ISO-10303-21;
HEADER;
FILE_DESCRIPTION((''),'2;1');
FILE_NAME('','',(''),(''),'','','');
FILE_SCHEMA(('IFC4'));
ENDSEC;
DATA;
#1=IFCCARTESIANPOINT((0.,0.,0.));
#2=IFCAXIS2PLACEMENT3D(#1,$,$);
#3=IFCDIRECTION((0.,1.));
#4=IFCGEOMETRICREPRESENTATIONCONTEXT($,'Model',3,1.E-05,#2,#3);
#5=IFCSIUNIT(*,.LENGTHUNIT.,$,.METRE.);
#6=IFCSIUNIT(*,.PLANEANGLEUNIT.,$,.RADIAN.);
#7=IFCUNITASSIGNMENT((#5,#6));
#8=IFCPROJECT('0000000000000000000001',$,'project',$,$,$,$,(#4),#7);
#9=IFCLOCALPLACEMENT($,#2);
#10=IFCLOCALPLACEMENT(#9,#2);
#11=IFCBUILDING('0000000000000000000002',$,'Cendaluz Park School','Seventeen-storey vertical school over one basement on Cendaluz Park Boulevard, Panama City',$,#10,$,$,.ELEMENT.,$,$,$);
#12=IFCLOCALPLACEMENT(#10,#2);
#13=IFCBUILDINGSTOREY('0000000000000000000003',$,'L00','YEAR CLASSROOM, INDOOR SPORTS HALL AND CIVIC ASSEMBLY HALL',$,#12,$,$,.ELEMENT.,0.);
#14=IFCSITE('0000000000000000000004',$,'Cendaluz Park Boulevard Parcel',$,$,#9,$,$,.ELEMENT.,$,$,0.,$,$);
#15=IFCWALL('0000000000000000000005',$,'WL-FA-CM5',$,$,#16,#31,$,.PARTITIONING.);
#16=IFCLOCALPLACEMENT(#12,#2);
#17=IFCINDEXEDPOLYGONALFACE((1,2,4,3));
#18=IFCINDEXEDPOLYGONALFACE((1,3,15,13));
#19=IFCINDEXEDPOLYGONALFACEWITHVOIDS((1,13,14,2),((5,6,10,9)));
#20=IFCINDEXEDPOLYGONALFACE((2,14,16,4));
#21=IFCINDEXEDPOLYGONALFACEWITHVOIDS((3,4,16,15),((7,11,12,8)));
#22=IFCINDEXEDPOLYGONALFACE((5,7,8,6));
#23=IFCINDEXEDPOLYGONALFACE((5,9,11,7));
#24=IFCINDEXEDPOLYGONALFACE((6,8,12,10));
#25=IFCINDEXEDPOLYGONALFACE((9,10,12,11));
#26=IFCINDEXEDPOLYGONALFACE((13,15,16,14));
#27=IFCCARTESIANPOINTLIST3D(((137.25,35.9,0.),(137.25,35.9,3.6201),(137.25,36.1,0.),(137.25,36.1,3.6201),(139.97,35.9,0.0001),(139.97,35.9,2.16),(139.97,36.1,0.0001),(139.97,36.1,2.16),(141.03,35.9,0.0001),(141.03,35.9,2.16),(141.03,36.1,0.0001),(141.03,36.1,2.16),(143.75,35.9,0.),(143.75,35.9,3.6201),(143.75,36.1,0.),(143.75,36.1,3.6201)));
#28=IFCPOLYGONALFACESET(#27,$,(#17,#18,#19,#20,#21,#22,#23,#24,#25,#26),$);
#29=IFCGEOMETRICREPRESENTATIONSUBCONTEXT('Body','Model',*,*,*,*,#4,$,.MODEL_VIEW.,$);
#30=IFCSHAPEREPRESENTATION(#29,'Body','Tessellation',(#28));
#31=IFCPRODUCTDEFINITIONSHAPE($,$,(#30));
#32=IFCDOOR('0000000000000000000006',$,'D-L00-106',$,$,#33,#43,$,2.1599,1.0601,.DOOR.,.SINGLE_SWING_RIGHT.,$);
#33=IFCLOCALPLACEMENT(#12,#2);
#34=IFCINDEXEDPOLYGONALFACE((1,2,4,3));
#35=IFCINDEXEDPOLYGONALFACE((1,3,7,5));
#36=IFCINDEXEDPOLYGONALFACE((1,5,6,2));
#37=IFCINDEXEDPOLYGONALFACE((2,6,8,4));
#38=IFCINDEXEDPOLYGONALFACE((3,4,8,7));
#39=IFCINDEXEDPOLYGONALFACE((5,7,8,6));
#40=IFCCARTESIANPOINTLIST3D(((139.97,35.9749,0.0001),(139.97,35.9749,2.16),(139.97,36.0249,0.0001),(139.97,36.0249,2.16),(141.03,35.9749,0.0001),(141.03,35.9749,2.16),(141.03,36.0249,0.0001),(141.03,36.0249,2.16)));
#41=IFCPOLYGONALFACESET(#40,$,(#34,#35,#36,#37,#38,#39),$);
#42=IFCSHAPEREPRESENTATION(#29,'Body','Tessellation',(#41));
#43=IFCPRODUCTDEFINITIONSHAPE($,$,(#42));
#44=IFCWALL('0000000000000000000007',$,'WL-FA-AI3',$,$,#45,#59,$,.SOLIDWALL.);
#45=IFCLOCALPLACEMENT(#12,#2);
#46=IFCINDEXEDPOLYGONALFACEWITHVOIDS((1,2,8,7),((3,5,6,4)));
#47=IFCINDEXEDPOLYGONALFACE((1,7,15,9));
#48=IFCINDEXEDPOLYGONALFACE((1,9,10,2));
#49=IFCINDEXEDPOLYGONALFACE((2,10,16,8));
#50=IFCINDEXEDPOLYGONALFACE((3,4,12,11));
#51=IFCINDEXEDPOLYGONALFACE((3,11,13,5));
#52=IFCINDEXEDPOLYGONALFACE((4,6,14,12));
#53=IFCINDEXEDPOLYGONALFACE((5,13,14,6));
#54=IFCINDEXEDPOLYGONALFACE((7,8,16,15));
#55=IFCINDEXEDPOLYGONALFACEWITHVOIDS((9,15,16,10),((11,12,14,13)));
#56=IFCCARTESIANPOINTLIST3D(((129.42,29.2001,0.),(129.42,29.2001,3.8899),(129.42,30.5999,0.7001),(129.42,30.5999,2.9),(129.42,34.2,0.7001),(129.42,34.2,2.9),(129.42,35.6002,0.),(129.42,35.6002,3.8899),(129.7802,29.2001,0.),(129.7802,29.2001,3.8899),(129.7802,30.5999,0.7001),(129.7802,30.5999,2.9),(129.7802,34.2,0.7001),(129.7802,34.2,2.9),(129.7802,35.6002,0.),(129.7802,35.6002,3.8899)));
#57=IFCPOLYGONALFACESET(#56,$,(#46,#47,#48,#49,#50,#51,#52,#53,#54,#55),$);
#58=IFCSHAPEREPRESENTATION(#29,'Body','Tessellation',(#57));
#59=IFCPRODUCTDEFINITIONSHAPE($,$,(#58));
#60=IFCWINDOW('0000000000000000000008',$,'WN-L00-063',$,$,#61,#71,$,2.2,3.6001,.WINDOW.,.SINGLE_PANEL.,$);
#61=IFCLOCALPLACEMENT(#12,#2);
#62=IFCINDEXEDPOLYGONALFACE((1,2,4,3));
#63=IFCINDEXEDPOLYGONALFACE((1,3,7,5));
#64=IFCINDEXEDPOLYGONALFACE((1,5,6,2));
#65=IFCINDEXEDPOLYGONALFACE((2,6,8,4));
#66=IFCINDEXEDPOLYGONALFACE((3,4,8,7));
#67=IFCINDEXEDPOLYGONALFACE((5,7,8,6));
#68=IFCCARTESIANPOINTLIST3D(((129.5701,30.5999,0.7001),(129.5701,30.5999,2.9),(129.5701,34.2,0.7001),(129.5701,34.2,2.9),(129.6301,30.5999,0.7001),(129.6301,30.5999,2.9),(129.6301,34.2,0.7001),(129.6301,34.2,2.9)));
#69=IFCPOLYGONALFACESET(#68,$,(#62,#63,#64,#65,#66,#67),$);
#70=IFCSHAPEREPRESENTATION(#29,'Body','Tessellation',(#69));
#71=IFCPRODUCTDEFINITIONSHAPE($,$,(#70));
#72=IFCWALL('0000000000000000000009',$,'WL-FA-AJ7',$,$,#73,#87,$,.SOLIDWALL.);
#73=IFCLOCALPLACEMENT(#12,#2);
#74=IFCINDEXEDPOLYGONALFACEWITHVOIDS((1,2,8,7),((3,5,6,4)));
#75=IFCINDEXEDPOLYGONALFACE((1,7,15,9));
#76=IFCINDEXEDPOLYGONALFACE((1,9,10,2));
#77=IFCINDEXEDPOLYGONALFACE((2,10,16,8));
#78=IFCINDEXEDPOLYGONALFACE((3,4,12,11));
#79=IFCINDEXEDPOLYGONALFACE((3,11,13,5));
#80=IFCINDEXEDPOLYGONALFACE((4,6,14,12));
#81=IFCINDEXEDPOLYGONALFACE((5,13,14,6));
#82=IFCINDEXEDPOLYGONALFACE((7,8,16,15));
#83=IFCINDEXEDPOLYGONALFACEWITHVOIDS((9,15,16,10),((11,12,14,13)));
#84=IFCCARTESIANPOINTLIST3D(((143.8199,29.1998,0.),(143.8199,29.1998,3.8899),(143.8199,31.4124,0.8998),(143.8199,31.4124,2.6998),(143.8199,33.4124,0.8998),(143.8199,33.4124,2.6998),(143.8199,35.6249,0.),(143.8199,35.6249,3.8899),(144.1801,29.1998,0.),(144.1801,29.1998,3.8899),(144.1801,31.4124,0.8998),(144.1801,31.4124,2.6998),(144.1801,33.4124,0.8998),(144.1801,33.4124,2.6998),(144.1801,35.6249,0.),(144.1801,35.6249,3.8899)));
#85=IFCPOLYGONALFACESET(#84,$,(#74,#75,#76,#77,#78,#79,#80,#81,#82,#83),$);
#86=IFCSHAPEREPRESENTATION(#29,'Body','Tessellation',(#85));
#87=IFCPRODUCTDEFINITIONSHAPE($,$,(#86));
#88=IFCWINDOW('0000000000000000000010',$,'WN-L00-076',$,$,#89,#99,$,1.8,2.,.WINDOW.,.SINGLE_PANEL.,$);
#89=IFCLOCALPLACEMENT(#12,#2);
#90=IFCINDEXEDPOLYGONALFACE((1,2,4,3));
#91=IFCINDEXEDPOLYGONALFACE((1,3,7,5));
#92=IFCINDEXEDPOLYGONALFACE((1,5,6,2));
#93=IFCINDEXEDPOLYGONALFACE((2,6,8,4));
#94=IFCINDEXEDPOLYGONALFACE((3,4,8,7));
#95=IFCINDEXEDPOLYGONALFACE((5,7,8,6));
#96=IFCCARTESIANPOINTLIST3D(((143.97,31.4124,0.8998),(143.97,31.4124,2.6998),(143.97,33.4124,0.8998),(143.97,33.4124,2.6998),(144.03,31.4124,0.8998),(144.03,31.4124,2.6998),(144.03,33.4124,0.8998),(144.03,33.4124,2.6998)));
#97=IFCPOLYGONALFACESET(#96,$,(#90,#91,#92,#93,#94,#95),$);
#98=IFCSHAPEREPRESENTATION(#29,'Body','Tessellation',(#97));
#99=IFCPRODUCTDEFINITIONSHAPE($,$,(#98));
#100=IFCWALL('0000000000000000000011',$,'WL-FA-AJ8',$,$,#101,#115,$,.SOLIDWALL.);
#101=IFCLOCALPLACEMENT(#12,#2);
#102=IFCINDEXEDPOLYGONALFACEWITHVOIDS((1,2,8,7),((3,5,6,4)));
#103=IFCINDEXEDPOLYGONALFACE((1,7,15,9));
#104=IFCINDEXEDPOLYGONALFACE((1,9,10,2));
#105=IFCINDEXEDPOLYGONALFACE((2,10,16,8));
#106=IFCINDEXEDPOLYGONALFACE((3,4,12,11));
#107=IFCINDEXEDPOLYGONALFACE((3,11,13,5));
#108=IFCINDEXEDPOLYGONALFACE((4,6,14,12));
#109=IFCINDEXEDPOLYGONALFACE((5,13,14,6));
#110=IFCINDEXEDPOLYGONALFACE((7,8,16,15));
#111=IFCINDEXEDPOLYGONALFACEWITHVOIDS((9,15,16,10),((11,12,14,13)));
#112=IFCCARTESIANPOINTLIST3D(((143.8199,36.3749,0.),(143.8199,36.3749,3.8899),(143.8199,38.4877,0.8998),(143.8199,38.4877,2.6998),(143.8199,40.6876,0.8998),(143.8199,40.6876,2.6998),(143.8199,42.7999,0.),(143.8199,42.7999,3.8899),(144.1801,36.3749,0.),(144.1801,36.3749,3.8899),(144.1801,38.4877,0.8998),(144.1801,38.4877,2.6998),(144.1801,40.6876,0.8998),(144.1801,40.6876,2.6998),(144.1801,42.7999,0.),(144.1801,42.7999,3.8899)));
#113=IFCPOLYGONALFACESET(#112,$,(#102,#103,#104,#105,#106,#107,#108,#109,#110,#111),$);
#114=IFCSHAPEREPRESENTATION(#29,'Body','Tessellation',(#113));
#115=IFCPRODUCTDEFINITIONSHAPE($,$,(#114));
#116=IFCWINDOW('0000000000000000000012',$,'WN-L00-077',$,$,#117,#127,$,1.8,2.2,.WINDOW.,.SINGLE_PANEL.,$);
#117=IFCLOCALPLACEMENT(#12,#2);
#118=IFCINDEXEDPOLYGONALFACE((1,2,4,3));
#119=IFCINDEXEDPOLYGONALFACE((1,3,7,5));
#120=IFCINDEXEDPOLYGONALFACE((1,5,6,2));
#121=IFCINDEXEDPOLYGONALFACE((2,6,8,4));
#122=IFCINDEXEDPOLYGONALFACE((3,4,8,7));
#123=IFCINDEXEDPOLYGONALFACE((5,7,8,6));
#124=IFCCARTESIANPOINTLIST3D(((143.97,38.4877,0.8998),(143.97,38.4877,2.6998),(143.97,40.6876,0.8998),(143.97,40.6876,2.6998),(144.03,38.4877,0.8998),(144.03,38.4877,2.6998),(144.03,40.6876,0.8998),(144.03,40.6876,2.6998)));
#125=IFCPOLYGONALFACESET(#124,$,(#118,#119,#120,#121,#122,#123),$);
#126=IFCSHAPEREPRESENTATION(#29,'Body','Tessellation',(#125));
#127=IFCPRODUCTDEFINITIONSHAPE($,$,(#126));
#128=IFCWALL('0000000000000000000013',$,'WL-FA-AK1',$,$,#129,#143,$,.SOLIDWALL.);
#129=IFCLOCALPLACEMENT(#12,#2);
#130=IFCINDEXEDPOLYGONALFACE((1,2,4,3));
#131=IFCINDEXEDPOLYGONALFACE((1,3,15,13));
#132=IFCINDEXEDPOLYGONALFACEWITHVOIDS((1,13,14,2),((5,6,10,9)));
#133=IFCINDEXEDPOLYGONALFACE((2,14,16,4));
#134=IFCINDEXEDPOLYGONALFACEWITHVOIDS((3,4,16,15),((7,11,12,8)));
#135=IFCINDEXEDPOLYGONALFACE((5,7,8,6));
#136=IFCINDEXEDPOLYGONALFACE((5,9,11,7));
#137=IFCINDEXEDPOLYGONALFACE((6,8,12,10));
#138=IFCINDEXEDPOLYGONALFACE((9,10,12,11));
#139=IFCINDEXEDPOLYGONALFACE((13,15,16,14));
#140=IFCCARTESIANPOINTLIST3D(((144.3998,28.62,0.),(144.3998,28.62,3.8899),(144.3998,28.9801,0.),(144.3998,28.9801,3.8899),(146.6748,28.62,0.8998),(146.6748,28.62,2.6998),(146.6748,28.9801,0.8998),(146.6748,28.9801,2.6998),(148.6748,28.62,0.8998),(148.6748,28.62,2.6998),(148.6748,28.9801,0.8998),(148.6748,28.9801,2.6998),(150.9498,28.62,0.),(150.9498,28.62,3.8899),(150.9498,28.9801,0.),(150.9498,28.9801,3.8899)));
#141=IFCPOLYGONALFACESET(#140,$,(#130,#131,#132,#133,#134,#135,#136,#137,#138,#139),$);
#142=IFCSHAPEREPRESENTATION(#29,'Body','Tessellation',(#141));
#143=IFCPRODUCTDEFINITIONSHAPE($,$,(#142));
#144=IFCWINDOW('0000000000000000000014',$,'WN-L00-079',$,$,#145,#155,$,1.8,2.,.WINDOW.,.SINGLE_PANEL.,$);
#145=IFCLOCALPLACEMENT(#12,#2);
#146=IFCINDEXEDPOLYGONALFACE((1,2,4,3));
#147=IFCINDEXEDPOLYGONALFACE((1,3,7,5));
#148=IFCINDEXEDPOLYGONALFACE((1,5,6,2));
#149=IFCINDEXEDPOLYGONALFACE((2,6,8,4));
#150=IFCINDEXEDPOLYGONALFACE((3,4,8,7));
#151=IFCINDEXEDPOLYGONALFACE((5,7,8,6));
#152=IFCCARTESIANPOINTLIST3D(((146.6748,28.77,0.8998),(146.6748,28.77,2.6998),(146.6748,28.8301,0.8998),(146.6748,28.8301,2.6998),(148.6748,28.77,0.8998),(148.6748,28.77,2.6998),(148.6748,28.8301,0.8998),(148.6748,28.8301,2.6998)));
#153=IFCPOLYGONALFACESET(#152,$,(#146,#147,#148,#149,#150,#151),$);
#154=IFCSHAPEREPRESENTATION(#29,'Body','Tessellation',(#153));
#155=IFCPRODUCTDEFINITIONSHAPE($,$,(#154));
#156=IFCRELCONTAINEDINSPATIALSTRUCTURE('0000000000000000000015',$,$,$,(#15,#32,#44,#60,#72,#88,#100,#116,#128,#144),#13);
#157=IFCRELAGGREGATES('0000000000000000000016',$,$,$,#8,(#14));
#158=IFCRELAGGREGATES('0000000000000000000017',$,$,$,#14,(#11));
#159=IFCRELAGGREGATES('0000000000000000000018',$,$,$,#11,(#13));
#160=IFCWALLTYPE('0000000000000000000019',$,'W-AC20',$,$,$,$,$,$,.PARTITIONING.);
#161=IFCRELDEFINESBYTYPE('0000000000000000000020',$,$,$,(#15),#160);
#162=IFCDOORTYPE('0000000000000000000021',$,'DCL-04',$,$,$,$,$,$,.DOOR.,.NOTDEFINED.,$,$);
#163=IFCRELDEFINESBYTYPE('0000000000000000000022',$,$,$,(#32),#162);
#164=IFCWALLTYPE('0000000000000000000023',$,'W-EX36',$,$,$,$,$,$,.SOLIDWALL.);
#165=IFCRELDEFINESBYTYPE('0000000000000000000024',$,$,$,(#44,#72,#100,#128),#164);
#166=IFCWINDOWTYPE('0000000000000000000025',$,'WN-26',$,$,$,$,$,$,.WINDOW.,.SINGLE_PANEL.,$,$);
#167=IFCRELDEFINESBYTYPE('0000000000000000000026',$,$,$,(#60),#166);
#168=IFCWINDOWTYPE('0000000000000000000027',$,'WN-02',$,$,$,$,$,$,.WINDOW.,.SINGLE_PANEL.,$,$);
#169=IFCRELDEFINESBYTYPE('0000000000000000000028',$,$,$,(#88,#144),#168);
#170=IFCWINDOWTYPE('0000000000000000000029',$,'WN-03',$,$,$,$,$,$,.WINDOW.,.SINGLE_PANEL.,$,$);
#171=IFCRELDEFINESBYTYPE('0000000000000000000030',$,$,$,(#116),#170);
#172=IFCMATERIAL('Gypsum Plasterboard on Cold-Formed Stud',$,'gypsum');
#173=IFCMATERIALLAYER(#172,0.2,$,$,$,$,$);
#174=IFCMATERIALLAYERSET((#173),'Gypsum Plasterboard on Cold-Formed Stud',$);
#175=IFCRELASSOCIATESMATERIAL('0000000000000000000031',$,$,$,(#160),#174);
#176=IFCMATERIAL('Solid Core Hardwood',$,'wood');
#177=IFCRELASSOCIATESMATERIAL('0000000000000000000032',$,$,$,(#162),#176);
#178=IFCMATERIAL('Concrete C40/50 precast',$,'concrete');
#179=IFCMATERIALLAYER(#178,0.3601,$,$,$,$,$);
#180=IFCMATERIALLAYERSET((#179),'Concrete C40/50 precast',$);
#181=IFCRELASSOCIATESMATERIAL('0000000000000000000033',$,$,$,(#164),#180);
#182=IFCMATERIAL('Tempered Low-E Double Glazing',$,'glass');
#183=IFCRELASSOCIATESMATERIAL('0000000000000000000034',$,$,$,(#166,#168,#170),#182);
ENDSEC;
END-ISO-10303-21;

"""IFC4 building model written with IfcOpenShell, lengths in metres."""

from ifc_helpers import new_model, si_unit, direction, frame, frame_2d, origin, place, context, subcontext, project, spatial, rectangle, extrude, material, layer, layer_set, type_object, element, fill, save


model = new_model("IFC4")

# Units and contexts
model_context = context("Model", 3, precision=1e-05, world=origin(), true_north=direction((0.0, 1.0)))
body_context = subcontext(model_context, "Body", "Model", "MODEL_VIEW")
ifc_project = project(units=[si_unit("LENGTHUNIT", "METRE"), si_unit("PLANEANGLEUNIT", "RADIAN")], contexts=[model_context])

# Site, building, storey
site_placement = place(None, origin())
site = spatial("IfcSite", under=ifc_project, at=site_placement, Name="Cendaluz Park Boulevard Parcel", CompositionType="ELEMENT", RefElevation=0.0)
building_placement = place(site_placement, origin())
building = spatial("IfcBuilding", under=site, at=building_placement, Name="Cendaluz Park School", Description="Seventeen-storey vertical school over one basement on Cendaluz Park Boulevard, Panama City", CompositionType="ELEMENT")
storey_placement = place(building_placement, origin())
storey = spatial("IfcBuildingStorey", under=building, at=storey_placement, Name="L00", Description="YEAR CLASSROOM, INDOOR SPORTS HALL AND CIVIC ASSEMBLY HALL", CompositionType="ELEMENT", Elevation=0.0)

# Wall, opening, door
ifc_material_1 = material(Name="Gypsum Plasterboard on Cold-Formed Stud", Category="gypsum")
ifc_layer_1 = layer(ifc_material_1, 0.2)
ifc_layer_set_1 = layer_set([ifc_layer_1], Name="Gypsum Plasterboard on Cold-Formed Stud")
wall_type_1 = type_object("IfcWallType", Name="W-AC20", PredefinedType="PARTITIONING", material=ifc_layer_set_1)
wall_1_placement = place(storey_placement, frame((137.25, 36.0, 0.0), z_axis=(0.0, 0.0, 1.0), x_axis=(1.0, 0.0, 0.0)))
wall_1 = element("IfcWall", 1, at=wall_1_placement, inside=storey, type_object=wall_type_1, Name="WL-FA-CM5", PredefinedType="PARTITIONING", context=body_context, shape_type="SweptSolid", body=[
    extrude(rectangle(XDim=6.5, YDim=0.2, at=frame_2d((3.25, 0.0))), origin(), (0.0, 0.0, 1.0), 3.6201),
])
opening_1_placement = place(wall_1_placement, frame((2.72, 0.0, 0.0)))
opening_1 = element("IfcOpeningElement", 2, at=opening_1_placement, cuts=wall_1, PredefinedType="OPENING", context=body_context, shape_type="SweptSolid", body=[
    extrude(rectangle(XDim=1.0601, YDim=2.1599, at=frame_2d((0.53, 1.0801))), frame((0.0, 0.1121, 0.0), z_axis=(0.0, -1.0, 0.0), x_axis=(1.0, 0.0, 0.0)), (0.0, 0.0, 1.0), 0.2239),
])
ifc_material_2 = material(Name="Solid Core Hardwood", Category="wood")
door_type = type_object("IfcDoorType", Name="DCL-04", OperationType="NOTDEFINED", PredefinedType="DOOR", material=ifc_material_2)
door_placement = place(opening_1_placement, origin())
door = element("IfcDoor", 3, at=door_placement, inside=storey, type_object=door_type, Name="D-L00-106", OperationType="SINGLE_SWING_RIGHT", OverallHeight=2.1599, OverallWidth=1.0601, PredefinedType="DOOR", context=body_context, shape_type="SweptSolid", body=[
    extrude(rectangle(XDim=1.0601, YDim=2.1599, at=frame_2d((0.53, 1.0801))), frame((0.0, 0.0249, 0.0), z_axis=(0.0, -1.0, 0.0), x_axis=(1.0, 0.0, 0.0)), (0.0, 0.0, 1.0), 0.05),
])
fill(opening_1, door)

# Walls, openings, windows
ifc_material_3 = material(Name="Concrete C40/50 precast", Category="concrete")
ifc_layer_2 = layer(ifc_material_3, 0.3601)
ifc_layer_set_2 = layer_set([ifc_layer_2], Name="Concrete C40/50 precast")
wall_type_2 = type_object("IfcWallType", Name="W-EX36", PredefinedType="SOLIDWALL", material=ifc_layer_set_2)
wall_2_placement = place(storey_placement, frame((129.6001, 29.2, 0.0), z_axis=(0.0, 0.0, 1.0), x_axis=(0.0, 1.0, 0.0)))
wall_2 = element("IfcWall", 4, at=wall_2_placement, inside=storey, type_object=wall_type_2, Name="WL-FA-AI3", PredefinedType="SOLIDWALL", context=body_context, shape_type="SweptSolid", body=[
    extrude(rectangle(XDim=6.4001, YDim=0.3601, at=frame_2d((3.2002, 0.0))), origin(), (0.0, 0.0, 1.0), 3.8899),
])
opening_2_placement = place(wall_2_placement, frame((1.3999, 0.0, 0.7)))
opening_2 = element("IfcOpeningElement", 5, at=opening_2_placement, cuts=wall_2, PredefinedType="OPENING", context=body_context, shape_type="SweptSolid", body=[
    extrude(rectangle(XDim=3.6001, YDim=2.2, at=frame_2d((1.8, 1.1001))), frame((0.0, 0.1921, 0.0), z_axis=(0.0, -1.0, 0.0), x_axis=(1.0, 0.0, 0.0)), (0.0, 0.0, 1.0), 0.384),
])
ifc_material_4 = material(Name="Tempered Low-E Double Glazing", Category="glass")
window_type_1 = type_object("IfcWindowType", Name="WN-26", PartitioningType="SINGLE_PANEL", PredefinedType="WINDOW", material=ifc_material_4)
window_1_placement = place(opening_2_placement, origin())
window_1 = element("IfcWindow", 6, at=window_1_placement, inside=storey, type_object=window_type_1, Name="WN-L00-063", OverallHeight=2.2, OverallWidth=3.6001, PartitioningType="SINGLE_PANEL", PredefinedType="WINDOW", context=body_context, shape_type="SweptSolid", body=[
    extrude(rectangle(XDim=3.6001, YDim=2.2, at=frame_2d((1.8, 1.1001))), frame((0.0, 0.03, 0.0), z_axis=(0.0, -1.0, 0.0), x_axis=(1.0, 0.0, 0.0)), (0.0, 0.0, 1.0), 0.0601),
])
fill(opening_2, window_1)
wall_3_placement = place(storey_placement, frame((144.0, 29.2, 0.0), z_axis=(0.0, 0.0, 1.0), x_axis=(0.0, 1.0, 0.0)))
wall_3 = element("IfcWall", 7, at=wall_3_placement, inside=storey, type_object=wall_type_2, Name="WL-FA-AJ7", PredefinedType="SOLIDWALL", context=body_context, shape_type="SweptSolid", body=[
    extrude(rectangle(XDim=6.425, YDim=0.3601, at=frame_2d((3.2124, 0.0))), origin(), (0.0, 0.0, 1.0), 3.8899),
])
opening_3_placement = place(wall_3_placement, frame((2.2124, 0.0, 0.8999)))
opening_3 = element("IfcOpeningElement", 8, at=opening_3_placement, cuts=wall_3, PredefinedType="OPENING", context=body_context, shape_type="SweptSolid", body=[
    extrude(rectangle(XDim=2.0, YDim=1.8, at=frame_2d((1.0, 0.8999))), frame((0.0, 0.1921, 0.0), z_axis=(0.0, -1.0, 0.0), x_axis=(1.0, 0.0, 0.0)), (0.0, 0.0, 1.0), 0.384),
])
window_type_2 = type_object("IfcWindowType", Name="WN-02", PartitioningType="SINGLE_PANEL", PredefinedType="WINDOW", material=ifc_material_4)
window_2_placement = place(opening_3_placement, origin())
window_2 = element("IfcWindow", 9, at=window_2_placement, inside=storey, type_object=window_type_2, Name="WN-L00-076", OverallHeight=1.8, OverallWidth=2.0, PartitioningType="SINGLE_PANEL", PredefinedType="WINDOW", context=body_context, shape_type="SweptSolid", body=[
    extrude(rectangle(XDim=2.0, YDim=1.8, at=frame_2d((1.0, 0.8999))), frame((0.0, 0.03, 0.0), z_axis=(0.0, -1.0, 0.0), x_axis=(1.0, 0.0, 0.0)), (0.0, 0.0, 1.0), 0.0601),
])
fill(opening_3, window_2)
wall_4_placement = place(storey_placement, frame((144.0, 36.375, 0.0), z_axis=(0.0, 0.0, 1.0), x_axis=(0.0, 1.0, 0.0)))
wall_4 = element("IfcWall", 10, at=wall_4_placement, inside=storey, type_object=wall_type_2, Name="WL-FA-AJ8", PredefinedType="SOLIDWALL", context=body_context, shape_type="SweptSolid", body=[
    extrude(rectangle(XDim=6.425, YDim=0.3601, at=frame_2d((3.2124, 0.0))), origin(), (0.0, 0.0, 1.0), 3.8899),
])
opening_4_placement = place(wall_4_placement, frame((2.1125, 0.0, 0.8999)))
opening_4 = element("IfcOpeningElement", 11, at=opening_4_placement, cuts=wall_4, PredefinedType="OPENING", context=body_context, shape_type="SweptSolid", body=[
    extrude(rectangle(XDim=2.2, YDim=1.8, at=frame_2d((1.1001, 0.8999))), frame((0.0, 0.1921, 0.0), z_axis=(0.0, -1.0, 0.0), x_axis=(1.0, 0.0, 0.0)), (0.0, 0.0, 1.0), 0.384),
])
window_type_3 = type_object("IfcWindowType", Name="WN-03", PartitioningType="SINGLE_PANEL", PredefinedType="WINDOW", material=ifc_material_4)
window_3_placement = place(opening_4_placement, origin())
window_3 = element("IfcWindow", 12, at=window_3_placement, inside=storey, type_object=window_type_3, Name="WN-L00-077", OverallHeight=1.8, OverallWidth=2.2, PartitioningType="SINGLE_PANEL", PredefinedType="WINDOW", context=body_context, shape_type="SweptSolid", body=[
    extrude(rectangle(XDim=2.2, YDim=1.8, at=frame_2d((1.1001, 0.8999))), frame((0.0, 0.03, 0.0), z_axis=(0.0, -1.0, 0.0), x_axis=(1.0, 0.0, 0.0)), (0.0, 0.0, 1.0), 0.0601),
])
fill(opening_4, window_3)
wall_5_placement = place(storey_placement, frame((144.3999, 28.8, 0.0), z_axis=(0.0, 0.0, 1.0), x_axis=(1.0, 0.0, 0.0)))
wall_5 = element("IfcWall", 13, at=wall_5_placement, inside=storey, type_object=wall_type_2, Name="WL-FA-AK1", PredefinedType="SOLIDWALL", context=body_context, shape_type="SweptSolid", body=[
    extrude(rectangle(XDim=6.55, YDim=0.3601, at=frame_2d((3.2749, 0.0))), origin(), (0.0, 0.0, 1.0), 3.8899),
])
opening_5_placement = place(wall_5_placement, frame((2.2749, 0.0, 0.8999)))
opening_5 = element("IfcOpeningElement", 14, at=opening_5_placement, cuts=wall_5, PredefinedType="OPENING", context=body_context, shape_type="SweptSolid", body=[
    extrude(rectangle(XDim=2.0, YDim=1.8, at=frame_2d((1.0, 0.8999))), frame((0.0, 0.1921, 0.0), z_axis=(0.0, -1.0, 0.0), x_axis=(1.0, 0.0, 0.0)), (0.0, 0.0, 1.0), 0.384),
])
window_4_placement = place(opening_5_placement, origin())
window_4 = element("IfcWindow", 15, at=window_4_placement, inside=storey, type_object=window_type_2, Name="WN-L00-079", OverallHeight=1.8, OverallWidth=2.0, PartitioningType="SINGLE_PANEL", PredefinedType="WINDOW", context=body_context, shape_type="SweptSolid", body=[
    extrude(rectangle(XDim=2.0, YDim=1.8, at=frame_2d((1.0, 0.8999))), frame((0.0, 0.03, 0.0), z_axis=(0.0, -1.0, 0.0), x_axis=(1.0, 0.0, 0.0)), (0.0, 0.0, 1.0), 0.0601),
])
fill(opening_5, window_4)

save(model, "model.ifc")
